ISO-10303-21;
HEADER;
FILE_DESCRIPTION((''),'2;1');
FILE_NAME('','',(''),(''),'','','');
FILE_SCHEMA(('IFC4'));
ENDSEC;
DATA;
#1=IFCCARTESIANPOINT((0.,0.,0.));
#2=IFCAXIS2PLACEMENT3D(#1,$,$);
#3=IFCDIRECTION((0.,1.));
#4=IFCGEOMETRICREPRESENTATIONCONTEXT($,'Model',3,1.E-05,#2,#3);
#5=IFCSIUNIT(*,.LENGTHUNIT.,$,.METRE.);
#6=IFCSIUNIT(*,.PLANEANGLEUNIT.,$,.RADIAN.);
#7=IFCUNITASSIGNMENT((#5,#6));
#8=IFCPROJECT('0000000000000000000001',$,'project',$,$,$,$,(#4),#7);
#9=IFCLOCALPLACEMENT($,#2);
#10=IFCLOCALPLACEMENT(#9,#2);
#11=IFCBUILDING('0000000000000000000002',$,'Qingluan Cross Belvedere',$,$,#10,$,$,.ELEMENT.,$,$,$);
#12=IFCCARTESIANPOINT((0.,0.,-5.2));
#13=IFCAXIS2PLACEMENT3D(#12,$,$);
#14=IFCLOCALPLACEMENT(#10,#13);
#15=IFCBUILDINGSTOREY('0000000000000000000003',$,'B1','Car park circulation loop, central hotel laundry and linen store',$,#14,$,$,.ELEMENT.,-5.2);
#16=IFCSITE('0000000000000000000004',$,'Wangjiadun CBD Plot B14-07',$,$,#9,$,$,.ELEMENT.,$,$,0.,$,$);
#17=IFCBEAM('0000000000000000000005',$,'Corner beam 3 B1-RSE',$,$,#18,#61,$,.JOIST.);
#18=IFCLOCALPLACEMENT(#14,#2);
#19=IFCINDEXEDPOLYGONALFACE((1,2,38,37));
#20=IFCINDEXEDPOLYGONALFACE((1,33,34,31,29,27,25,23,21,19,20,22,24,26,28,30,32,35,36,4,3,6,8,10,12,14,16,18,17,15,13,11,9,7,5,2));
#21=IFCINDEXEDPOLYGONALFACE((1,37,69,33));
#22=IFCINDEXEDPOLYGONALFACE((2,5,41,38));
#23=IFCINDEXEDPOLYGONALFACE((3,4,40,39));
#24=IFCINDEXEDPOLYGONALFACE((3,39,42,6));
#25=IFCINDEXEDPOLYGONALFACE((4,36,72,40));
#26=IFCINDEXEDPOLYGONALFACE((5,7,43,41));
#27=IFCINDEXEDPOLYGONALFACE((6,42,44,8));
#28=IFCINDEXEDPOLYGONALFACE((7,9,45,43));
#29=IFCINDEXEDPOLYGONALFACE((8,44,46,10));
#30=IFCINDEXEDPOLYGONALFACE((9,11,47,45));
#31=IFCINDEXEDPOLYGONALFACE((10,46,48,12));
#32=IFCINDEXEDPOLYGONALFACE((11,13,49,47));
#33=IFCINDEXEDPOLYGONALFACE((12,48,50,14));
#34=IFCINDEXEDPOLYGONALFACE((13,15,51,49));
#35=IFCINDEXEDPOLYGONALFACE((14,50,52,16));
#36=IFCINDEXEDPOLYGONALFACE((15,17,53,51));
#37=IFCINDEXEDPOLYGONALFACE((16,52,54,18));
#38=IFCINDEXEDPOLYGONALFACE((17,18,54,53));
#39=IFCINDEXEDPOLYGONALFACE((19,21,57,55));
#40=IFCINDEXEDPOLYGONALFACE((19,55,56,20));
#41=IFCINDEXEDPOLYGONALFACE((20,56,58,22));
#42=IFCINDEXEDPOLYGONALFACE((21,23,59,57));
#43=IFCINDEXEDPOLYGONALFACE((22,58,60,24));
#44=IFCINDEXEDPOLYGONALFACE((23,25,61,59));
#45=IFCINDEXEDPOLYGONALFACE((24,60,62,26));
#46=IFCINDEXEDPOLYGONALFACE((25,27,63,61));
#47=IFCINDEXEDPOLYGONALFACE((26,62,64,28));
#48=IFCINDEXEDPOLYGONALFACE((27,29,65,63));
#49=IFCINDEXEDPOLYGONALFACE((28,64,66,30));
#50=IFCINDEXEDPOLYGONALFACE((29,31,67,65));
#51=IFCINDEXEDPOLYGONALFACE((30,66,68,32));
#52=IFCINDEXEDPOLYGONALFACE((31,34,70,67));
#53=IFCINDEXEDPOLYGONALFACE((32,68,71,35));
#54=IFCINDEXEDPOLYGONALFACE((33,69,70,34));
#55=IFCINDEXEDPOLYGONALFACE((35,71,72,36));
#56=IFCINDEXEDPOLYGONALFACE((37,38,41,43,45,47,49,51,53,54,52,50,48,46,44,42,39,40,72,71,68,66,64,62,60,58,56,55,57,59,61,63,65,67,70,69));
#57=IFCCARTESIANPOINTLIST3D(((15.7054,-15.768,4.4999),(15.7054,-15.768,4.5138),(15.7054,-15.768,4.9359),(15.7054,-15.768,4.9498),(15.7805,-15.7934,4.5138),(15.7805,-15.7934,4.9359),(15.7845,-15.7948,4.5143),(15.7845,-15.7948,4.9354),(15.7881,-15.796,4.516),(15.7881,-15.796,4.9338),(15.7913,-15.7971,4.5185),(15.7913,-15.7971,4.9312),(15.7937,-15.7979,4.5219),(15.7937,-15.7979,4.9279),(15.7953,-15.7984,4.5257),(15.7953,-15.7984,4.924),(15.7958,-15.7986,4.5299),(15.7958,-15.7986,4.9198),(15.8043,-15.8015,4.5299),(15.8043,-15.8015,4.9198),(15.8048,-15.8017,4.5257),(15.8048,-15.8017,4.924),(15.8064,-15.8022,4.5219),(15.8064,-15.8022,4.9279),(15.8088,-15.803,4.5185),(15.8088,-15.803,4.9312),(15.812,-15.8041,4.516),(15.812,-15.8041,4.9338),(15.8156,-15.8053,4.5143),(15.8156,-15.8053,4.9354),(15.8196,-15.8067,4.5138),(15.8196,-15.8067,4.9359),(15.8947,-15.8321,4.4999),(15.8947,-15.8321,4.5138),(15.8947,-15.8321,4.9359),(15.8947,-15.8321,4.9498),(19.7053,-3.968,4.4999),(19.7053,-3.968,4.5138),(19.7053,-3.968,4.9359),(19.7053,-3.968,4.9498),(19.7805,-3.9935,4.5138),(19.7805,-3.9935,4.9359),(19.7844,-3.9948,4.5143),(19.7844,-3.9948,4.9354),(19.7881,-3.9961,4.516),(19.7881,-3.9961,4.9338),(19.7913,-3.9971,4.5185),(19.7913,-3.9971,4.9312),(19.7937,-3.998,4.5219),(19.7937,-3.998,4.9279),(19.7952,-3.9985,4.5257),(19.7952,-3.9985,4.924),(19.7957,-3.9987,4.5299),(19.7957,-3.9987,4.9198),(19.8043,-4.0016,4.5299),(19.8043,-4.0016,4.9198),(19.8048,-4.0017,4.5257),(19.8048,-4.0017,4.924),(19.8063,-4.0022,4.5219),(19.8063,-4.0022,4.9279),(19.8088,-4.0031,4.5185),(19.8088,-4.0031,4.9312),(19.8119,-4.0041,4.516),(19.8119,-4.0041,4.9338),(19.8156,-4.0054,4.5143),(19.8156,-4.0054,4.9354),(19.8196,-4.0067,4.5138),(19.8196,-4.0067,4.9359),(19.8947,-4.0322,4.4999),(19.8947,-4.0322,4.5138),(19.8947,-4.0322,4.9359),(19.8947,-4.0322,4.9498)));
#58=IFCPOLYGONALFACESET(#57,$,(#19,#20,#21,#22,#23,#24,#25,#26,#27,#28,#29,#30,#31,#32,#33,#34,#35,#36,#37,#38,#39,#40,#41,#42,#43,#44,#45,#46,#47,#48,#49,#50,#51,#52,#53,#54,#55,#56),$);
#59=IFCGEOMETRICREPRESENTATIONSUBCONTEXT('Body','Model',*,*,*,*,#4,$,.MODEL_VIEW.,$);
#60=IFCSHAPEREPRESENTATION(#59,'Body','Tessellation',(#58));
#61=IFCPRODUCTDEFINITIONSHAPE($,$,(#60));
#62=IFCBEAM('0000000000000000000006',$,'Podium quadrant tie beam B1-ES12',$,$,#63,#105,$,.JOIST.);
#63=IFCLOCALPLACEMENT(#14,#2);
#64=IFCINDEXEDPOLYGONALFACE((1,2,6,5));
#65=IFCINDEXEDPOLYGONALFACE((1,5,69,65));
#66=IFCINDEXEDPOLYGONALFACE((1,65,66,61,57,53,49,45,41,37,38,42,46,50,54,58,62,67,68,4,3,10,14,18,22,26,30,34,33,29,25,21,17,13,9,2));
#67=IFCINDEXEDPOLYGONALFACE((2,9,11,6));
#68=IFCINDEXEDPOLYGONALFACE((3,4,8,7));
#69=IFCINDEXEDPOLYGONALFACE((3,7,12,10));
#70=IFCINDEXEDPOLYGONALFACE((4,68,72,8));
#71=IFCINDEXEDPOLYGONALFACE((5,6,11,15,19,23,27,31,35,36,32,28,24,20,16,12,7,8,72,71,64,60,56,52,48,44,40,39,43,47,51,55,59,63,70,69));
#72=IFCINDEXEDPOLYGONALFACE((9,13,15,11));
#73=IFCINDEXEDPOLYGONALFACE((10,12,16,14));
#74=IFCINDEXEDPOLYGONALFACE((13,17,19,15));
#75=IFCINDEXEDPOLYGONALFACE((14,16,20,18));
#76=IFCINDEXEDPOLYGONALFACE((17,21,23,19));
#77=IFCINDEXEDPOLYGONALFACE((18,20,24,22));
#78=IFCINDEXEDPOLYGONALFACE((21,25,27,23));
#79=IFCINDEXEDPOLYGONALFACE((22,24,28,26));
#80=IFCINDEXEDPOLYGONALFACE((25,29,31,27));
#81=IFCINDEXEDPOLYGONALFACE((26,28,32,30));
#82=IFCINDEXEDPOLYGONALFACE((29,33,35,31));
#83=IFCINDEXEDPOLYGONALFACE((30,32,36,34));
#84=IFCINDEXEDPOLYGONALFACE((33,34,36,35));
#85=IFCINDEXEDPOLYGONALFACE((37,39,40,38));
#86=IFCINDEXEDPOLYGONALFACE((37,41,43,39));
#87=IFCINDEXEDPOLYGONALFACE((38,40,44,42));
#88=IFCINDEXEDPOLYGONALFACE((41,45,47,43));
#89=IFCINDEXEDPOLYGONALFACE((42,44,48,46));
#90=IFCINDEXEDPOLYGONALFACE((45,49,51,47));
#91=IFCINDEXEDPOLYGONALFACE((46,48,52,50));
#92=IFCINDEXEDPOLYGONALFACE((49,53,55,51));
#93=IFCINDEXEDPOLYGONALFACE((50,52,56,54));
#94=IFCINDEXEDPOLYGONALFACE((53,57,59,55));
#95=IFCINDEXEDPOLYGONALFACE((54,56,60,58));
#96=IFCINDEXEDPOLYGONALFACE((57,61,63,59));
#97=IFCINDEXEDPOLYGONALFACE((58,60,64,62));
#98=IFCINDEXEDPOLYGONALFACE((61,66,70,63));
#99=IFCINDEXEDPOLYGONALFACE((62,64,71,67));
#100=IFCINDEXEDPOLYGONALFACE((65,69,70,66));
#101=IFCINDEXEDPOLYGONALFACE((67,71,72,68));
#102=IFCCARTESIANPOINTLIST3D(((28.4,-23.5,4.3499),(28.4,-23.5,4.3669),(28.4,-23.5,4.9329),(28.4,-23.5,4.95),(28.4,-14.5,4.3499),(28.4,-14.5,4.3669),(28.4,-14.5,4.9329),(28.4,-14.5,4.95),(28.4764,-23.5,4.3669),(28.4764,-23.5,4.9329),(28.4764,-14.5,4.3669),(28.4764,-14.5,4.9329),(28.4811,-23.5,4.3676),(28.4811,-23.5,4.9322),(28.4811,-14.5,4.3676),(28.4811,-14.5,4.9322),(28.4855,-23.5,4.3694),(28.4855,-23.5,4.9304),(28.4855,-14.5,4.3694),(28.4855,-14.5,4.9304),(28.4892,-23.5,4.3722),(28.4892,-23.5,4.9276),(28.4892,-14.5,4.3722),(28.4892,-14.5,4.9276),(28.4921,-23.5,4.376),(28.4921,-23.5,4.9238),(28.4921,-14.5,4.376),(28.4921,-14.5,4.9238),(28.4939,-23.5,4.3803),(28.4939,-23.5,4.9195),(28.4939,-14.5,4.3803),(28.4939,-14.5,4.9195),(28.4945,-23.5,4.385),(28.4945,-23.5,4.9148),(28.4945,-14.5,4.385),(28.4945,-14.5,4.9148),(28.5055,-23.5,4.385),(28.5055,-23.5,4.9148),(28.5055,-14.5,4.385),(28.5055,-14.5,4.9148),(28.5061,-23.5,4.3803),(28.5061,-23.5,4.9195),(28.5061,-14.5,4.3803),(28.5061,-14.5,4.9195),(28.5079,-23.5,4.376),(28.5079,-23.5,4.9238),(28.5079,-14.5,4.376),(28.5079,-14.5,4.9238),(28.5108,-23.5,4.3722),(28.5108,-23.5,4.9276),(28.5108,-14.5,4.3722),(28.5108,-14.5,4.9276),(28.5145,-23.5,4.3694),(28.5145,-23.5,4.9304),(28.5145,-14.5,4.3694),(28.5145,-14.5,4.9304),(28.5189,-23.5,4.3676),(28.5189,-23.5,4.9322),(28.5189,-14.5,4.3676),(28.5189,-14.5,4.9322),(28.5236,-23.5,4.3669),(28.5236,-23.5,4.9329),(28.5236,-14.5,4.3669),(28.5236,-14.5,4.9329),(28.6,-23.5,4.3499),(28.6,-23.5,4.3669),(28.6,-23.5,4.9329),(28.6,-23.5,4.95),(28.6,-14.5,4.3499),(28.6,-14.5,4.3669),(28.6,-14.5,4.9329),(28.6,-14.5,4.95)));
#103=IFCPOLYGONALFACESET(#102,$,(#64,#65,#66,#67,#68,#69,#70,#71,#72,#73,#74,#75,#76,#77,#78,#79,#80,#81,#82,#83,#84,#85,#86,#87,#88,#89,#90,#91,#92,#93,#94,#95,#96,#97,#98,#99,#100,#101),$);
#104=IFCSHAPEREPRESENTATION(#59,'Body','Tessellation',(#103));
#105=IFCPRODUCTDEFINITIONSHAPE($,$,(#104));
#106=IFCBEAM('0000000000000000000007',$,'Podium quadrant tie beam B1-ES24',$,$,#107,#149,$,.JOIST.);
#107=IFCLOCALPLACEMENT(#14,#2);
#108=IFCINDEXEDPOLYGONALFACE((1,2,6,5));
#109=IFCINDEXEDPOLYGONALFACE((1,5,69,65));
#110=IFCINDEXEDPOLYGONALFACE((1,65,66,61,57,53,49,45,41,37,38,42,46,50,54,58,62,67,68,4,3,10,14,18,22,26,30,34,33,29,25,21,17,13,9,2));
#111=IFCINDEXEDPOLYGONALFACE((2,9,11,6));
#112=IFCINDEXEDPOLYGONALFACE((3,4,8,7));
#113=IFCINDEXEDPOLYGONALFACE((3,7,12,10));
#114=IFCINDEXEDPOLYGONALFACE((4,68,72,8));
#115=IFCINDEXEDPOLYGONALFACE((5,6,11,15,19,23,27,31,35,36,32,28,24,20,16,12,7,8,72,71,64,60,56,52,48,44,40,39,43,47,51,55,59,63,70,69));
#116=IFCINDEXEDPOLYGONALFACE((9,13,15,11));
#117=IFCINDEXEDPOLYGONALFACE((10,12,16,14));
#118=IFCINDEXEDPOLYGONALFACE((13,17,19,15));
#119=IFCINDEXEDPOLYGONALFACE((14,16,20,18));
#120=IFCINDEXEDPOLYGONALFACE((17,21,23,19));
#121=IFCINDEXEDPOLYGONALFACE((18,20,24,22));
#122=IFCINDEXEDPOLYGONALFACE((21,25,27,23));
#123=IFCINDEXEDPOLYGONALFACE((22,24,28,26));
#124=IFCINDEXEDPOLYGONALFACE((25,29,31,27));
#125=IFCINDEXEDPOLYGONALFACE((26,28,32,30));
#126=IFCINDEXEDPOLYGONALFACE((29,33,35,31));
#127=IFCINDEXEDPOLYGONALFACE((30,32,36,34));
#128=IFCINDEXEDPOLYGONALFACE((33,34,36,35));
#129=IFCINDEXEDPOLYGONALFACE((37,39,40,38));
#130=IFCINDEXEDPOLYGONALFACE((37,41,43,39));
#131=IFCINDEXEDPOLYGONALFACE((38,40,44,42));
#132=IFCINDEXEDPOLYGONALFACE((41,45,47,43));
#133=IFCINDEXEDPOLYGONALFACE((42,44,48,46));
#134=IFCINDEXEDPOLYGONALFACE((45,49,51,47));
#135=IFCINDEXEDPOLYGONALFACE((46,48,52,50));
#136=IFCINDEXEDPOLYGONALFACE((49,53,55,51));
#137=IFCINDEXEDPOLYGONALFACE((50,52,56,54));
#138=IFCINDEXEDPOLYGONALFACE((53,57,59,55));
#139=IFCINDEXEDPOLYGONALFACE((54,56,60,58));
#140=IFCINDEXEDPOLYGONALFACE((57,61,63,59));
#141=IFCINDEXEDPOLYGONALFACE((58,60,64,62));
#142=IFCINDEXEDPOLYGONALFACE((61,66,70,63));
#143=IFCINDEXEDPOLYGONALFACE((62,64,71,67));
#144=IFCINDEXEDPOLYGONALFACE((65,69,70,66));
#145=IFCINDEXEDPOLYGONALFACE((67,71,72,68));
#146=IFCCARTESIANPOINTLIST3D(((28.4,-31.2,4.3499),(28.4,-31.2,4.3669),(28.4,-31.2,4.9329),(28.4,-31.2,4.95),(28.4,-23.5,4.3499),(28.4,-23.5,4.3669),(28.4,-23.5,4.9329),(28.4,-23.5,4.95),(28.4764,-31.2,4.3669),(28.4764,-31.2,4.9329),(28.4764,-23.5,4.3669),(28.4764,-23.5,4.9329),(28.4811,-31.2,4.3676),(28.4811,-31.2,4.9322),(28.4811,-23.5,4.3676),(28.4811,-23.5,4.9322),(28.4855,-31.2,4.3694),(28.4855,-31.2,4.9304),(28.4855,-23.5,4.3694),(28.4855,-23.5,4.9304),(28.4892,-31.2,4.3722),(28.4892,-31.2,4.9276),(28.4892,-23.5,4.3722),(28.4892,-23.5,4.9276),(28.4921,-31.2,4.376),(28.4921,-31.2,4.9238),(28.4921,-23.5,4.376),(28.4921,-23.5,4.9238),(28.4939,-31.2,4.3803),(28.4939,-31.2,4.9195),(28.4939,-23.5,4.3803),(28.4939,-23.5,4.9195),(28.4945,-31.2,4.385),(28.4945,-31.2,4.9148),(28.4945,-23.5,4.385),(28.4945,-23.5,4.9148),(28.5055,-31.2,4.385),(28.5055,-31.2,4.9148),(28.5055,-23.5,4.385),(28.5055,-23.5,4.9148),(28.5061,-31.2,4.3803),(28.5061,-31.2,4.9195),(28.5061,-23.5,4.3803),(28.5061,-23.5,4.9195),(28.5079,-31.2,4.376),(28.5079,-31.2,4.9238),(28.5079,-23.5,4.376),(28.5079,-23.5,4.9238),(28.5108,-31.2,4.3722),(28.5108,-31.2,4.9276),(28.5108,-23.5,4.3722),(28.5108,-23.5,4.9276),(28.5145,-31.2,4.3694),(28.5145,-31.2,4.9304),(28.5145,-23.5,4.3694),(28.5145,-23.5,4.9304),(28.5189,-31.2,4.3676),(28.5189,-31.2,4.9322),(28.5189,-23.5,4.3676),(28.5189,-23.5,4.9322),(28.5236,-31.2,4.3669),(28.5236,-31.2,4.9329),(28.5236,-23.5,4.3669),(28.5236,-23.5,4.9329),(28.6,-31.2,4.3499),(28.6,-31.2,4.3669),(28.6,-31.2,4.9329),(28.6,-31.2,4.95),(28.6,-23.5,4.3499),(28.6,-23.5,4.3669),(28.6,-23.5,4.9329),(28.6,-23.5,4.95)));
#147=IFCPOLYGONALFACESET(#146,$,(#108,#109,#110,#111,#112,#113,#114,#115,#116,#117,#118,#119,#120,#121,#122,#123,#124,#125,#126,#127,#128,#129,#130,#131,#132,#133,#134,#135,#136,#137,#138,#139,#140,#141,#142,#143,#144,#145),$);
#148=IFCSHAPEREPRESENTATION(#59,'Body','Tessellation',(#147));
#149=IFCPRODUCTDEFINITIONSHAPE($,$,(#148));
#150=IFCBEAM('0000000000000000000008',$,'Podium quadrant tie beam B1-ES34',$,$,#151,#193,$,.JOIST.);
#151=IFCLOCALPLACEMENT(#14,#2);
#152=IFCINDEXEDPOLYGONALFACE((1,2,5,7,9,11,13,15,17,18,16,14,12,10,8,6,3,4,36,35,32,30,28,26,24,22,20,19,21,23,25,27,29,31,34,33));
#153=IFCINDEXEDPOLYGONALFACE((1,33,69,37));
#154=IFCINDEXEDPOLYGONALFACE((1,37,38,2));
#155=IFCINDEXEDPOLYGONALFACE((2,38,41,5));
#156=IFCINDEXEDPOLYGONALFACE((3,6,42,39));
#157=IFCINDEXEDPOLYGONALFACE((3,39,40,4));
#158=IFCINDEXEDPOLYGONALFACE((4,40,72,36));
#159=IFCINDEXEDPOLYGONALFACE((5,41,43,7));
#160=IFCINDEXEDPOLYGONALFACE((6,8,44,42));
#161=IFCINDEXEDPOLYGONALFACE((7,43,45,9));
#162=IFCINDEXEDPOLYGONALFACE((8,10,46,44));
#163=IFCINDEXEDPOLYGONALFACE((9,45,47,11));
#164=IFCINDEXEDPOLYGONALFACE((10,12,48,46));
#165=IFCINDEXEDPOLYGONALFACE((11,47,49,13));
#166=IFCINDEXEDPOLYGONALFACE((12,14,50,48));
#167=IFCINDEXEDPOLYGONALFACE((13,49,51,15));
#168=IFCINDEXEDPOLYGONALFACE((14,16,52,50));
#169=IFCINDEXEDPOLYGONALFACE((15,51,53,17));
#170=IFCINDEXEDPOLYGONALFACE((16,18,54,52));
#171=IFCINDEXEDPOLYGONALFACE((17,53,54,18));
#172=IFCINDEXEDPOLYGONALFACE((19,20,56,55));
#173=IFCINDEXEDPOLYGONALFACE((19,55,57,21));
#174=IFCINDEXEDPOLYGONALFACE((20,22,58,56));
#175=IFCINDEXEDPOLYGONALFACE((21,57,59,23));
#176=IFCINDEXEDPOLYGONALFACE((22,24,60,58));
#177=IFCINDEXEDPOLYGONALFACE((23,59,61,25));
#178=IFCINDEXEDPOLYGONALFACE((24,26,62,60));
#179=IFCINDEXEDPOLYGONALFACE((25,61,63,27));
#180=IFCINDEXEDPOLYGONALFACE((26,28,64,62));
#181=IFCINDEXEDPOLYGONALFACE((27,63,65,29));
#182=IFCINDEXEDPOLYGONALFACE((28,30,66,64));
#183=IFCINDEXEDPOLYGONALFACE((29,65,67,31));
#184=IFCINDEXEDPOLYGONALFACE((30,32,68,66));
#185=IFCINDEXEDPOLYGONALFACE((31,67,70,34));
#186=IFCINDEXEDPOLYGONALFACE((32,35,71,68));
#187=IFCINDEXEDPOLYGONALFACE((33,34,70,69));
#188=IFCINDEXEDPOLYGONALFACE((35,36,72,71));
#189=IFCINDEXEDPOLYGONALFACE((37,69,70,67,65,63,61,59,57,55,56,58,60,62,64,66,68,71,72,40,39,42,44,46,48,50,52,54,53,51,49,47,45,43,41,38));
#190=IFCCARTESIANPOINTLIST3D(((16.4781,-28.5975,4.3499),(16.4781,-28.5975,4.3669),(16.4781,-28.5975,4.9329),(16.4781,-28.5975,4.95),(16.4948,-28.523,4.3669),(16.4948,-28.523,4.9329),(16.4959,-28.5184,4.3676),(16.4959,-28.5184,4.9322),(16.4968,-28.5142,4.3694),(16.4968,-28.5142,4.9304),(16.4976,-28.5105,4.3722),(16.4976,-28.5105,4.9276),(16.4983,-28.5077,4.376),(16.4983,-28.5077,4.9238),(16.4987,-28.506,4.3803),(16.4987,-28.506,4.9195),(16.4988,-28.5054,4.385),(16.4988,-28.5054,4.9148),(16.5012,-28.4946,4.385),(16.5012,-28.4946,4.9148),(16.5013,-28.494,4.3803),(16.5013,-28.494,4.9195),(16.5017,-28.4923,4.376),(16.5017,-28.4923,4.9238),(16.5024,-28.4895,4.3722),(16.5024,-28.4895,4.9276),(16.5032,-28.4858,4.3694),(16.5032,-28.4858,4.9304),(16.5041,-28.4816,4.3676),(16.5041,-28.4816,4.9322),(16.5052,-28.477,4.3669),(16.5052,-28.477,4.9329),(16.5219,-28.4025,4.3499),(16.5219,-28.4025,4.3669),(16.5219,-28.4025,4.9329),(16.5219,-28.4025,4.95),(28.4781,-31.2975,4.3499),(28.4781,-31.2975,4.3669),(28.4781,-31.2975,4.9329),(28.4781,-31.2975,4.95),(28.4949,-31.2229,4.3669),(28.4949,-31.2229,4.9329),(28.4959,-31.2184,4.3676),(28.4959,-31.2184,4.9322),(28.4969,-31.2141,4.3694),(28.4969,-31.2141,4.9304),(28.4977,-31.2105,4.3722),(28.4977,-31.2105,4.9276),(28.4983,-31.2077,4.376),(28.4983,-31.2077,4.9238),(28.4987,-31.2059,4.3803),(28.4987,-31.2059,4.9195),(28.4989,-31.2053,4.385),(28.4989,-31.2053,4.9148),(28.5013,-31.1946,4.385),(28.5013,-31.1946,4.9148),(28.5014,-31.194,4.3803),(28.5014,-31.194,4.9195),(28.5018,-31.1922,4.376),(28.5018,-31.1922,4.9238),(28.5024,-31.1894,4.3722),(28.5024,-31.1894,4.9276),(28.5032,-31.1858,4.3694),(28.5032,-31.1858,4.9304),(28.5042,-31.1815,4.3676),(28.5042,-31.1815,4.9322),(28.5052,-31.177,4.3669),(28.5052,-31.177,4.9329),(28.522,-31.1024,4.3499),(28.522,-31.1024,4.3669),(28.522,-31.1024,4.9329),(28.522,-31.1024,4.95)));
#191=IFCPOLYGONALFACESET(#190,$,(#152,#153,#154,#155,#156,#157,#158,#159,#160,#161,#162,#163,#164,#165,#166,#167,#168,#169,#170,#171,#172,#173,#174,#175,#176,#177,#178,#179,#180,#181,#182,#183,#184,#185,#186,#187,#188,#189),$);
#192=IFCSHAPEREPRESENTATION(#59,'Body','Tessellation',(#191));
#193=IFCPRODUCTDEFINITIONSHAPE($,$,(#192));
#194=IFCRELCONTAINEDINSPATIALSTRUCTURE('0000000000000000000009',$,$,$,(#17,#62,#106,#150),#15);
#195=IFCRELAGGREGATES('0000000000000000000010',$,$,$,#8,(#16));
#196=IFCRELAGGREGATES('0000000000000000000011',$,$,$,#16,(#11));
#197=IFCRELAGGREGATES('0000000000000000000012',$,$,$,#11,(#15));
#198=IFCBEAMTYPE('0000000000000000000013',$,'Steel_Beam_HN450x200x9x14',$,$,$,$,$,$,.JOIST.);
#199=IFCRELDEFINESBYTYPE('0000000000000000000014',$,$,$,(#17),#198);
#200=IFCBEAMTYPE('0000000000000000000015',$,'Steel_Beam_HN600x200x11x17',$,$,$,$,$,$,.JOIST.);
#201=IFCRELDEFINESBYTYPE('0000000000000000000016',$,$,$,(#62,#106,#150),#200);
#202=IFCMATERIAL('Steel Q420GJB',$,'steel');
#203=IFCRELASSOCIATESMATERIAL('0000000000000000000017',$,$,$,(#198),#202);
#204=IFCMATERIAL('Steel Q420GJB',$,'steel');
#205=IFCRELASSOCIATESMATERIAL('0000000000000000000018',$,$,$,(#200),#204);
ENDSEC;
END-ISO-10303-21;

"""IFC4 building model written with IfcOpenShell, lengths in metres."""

from ifc_helpers import new_model, si_unit, direction, frame, origin, origin_2d, place, context, subcontext, project, spatial, i_section, extrude, material, material_profile, profile_set, type_object, element, save


model = new_model("IFC4")

# Units and contexts
model_context = context("Model", 3, precision=1e-05, world=origin(), true_north=direction((0.0, 1.0)))
body_context = subcontext(model_context, "Body", "Model", "MODEL_VIEW")
ifc_project = project(units=[si_unit("LENGTHUNIT", "METRE"), si_unit("PLANEANGLEUNIT", "RADIAN")], contexts=[model_context])

# Site, building, storey
site_placement = place(None, origin())
site = spatial("IfcSite", under=ifc_project, at=site_placement, Name="Wangjiadun CBD Plot B14-07", CompositionType="ELEMENT", RefElevation=0.0)
building_placement = place(site_placement, origin())
building = spatial("IfcBuilding", under=site, at=building_placement, Name="Qingluan Cross Belvedere", CompositionType="ELEMENT")
storey_placement = place(building_placement, frame((0.0, 0.0, -5.2)))
storey = spatial("IfcBuildingStorey", under=building, at=storey_placement, Name="B1", Description="Car park circulation loop, central hotel laundry and linen store", CompositionType="ELEMENT", Elevation=-5.2)

# Beams
ifc_material_1 = material(Name="Steel Q420GJB", Category="steel")
ifc_material_profile_1 = material_profile(ifc_material_1, i_section(OverallWidth=0.2, OverallDepth=0.45, WebThickness=0.009, FlangeThickness=0.0139, FilletRadius=0.0161, at=origin_2d()), Name="HN450x200x9x14")
ifc_profile_set_1 = profile_set([ifc_material_profile_1], Name="Steel Q420GJB")
beam_type_1 = type_object("IfcBeamType", Name="Steel_Beam_HN450x200x9x14", PredefinedType="JOIST", material=ifc_profile_set_1)
for number, where, z_axis, x_axis, name in (
    (1, (15.8, -15.8, 4.7249), (0.321038, 0.947066, 0.0), (-0.947066, 0.321038, 0.0), "Corner beam 3 B1-RSE"),
):
    element("IfcBeam", number, at=place(storey_placement, frame(where, z_axis=z_axis, x_axis=x_axis)), inside=storey, type_object=beam_type_1, Name=name, PredefinedType="JOIST", context=body_context, shape_type="SweptSolid", body=[
        extrude(i_section(OverallWidth=0.2, OverallDepth=0.45, WebThickness=0.009, FlangeThickness=0.0139, FilletRadius=0.0161, at=origin_2d()), origin(), (0.0, 0.0, 1.0), 12.4595),
    ])
ifc_material_2 = material(Name="Steel Q420GJB", Category="steel")
ifc_material_profile_2 = material_profile(ifc_material_2, i_section(OverallWidth=0.2, OverallDepth=0.6001, WebThickness=0.011, FlangeThickness=0.0171, FilletRadius=0.0181, at=origin_2d()), Name="HN600x200x11x17")
ifc_profile_set_2 = profile_set([ifc_material_profile_2], Name="Steel Q420GJB")
beam_type_2 = type_object("IfcBeamType", Name="Steel_Beam_HN600x200x11x17", PredefinedType="JOIST", material=ifc_profile_set_2)
beam_1_placement = place(storey_placement, frame((28.5, -14.5, 4.6499), z_axis=(0.0, -1.0, 0.0), x_axis=(1.0, 0.0, 0.0)))
element("IfcBeam", 2, at=beam_1_placement, inside=storey, type_object=beam_type_2, Name="Podium quadrant tie beam B1-ES12", PredefinedType="JOIST", context=body_context, shape_type="SweptSolid", body=[
    extrude(i_section(OverallWidth=0.2, OverallDepth=0.6001, WebThickness=0.011, FlangeThickness=0.0171, FilletRadius=0.0181, at=origin_2d()), origin(), (0.0, 0.0, 1.0), 9.0),
])
beam_2_placement = place(storey_placement, frame((28.5, -23.5, 4.6499), z_axis=(0.0, -1.0, 0.0), x_axis=(1.0, 0.0, 0.0)))
element("IfcBeam", 3, at=beam_2_placement, inside=storey, type_object=beam_type_2, Name="Podium quadrant tie beam B1-ES24", PredefinedType="JOIST", context=body_context, shape_type="SweptSolid", body=[
    extrude(i_section(OverallWidth=0.2, OverallDepth=0.6001, WebThickness=0.011, FlangeThickness=0.0171, FilletRadius=0.0181, at=origin_2d()), origin(), (0.0, 0.0, 1.0), 7.7),
])
beam_3_placement = place(storey_placement, frame((16.5, -28.5, 4.6499), z_axis=(0.975611, -0.219508, 0.0), x_axis=(0.219508, 0.975611, 0.0)))
element("IfcBeam", 4, at=beam_3_placement, inside=storey, type_object=beam_type_2, Name="Podium quadrant tie beam B1-ES34", PredefinedType="JOIST", context=body_context, shape_type="SweptSolid", body=[
    extrude(i_section(OverallWidth=0.2, OverallDepth=0.6001, WebThickness=0.011, FlangeThickness=0.0171, FilletRadius=0.0181, at=origin_2d()), origin(), (0.0, 0.0, 1.0), 12.3),
])

save(model, "model.ifc")
